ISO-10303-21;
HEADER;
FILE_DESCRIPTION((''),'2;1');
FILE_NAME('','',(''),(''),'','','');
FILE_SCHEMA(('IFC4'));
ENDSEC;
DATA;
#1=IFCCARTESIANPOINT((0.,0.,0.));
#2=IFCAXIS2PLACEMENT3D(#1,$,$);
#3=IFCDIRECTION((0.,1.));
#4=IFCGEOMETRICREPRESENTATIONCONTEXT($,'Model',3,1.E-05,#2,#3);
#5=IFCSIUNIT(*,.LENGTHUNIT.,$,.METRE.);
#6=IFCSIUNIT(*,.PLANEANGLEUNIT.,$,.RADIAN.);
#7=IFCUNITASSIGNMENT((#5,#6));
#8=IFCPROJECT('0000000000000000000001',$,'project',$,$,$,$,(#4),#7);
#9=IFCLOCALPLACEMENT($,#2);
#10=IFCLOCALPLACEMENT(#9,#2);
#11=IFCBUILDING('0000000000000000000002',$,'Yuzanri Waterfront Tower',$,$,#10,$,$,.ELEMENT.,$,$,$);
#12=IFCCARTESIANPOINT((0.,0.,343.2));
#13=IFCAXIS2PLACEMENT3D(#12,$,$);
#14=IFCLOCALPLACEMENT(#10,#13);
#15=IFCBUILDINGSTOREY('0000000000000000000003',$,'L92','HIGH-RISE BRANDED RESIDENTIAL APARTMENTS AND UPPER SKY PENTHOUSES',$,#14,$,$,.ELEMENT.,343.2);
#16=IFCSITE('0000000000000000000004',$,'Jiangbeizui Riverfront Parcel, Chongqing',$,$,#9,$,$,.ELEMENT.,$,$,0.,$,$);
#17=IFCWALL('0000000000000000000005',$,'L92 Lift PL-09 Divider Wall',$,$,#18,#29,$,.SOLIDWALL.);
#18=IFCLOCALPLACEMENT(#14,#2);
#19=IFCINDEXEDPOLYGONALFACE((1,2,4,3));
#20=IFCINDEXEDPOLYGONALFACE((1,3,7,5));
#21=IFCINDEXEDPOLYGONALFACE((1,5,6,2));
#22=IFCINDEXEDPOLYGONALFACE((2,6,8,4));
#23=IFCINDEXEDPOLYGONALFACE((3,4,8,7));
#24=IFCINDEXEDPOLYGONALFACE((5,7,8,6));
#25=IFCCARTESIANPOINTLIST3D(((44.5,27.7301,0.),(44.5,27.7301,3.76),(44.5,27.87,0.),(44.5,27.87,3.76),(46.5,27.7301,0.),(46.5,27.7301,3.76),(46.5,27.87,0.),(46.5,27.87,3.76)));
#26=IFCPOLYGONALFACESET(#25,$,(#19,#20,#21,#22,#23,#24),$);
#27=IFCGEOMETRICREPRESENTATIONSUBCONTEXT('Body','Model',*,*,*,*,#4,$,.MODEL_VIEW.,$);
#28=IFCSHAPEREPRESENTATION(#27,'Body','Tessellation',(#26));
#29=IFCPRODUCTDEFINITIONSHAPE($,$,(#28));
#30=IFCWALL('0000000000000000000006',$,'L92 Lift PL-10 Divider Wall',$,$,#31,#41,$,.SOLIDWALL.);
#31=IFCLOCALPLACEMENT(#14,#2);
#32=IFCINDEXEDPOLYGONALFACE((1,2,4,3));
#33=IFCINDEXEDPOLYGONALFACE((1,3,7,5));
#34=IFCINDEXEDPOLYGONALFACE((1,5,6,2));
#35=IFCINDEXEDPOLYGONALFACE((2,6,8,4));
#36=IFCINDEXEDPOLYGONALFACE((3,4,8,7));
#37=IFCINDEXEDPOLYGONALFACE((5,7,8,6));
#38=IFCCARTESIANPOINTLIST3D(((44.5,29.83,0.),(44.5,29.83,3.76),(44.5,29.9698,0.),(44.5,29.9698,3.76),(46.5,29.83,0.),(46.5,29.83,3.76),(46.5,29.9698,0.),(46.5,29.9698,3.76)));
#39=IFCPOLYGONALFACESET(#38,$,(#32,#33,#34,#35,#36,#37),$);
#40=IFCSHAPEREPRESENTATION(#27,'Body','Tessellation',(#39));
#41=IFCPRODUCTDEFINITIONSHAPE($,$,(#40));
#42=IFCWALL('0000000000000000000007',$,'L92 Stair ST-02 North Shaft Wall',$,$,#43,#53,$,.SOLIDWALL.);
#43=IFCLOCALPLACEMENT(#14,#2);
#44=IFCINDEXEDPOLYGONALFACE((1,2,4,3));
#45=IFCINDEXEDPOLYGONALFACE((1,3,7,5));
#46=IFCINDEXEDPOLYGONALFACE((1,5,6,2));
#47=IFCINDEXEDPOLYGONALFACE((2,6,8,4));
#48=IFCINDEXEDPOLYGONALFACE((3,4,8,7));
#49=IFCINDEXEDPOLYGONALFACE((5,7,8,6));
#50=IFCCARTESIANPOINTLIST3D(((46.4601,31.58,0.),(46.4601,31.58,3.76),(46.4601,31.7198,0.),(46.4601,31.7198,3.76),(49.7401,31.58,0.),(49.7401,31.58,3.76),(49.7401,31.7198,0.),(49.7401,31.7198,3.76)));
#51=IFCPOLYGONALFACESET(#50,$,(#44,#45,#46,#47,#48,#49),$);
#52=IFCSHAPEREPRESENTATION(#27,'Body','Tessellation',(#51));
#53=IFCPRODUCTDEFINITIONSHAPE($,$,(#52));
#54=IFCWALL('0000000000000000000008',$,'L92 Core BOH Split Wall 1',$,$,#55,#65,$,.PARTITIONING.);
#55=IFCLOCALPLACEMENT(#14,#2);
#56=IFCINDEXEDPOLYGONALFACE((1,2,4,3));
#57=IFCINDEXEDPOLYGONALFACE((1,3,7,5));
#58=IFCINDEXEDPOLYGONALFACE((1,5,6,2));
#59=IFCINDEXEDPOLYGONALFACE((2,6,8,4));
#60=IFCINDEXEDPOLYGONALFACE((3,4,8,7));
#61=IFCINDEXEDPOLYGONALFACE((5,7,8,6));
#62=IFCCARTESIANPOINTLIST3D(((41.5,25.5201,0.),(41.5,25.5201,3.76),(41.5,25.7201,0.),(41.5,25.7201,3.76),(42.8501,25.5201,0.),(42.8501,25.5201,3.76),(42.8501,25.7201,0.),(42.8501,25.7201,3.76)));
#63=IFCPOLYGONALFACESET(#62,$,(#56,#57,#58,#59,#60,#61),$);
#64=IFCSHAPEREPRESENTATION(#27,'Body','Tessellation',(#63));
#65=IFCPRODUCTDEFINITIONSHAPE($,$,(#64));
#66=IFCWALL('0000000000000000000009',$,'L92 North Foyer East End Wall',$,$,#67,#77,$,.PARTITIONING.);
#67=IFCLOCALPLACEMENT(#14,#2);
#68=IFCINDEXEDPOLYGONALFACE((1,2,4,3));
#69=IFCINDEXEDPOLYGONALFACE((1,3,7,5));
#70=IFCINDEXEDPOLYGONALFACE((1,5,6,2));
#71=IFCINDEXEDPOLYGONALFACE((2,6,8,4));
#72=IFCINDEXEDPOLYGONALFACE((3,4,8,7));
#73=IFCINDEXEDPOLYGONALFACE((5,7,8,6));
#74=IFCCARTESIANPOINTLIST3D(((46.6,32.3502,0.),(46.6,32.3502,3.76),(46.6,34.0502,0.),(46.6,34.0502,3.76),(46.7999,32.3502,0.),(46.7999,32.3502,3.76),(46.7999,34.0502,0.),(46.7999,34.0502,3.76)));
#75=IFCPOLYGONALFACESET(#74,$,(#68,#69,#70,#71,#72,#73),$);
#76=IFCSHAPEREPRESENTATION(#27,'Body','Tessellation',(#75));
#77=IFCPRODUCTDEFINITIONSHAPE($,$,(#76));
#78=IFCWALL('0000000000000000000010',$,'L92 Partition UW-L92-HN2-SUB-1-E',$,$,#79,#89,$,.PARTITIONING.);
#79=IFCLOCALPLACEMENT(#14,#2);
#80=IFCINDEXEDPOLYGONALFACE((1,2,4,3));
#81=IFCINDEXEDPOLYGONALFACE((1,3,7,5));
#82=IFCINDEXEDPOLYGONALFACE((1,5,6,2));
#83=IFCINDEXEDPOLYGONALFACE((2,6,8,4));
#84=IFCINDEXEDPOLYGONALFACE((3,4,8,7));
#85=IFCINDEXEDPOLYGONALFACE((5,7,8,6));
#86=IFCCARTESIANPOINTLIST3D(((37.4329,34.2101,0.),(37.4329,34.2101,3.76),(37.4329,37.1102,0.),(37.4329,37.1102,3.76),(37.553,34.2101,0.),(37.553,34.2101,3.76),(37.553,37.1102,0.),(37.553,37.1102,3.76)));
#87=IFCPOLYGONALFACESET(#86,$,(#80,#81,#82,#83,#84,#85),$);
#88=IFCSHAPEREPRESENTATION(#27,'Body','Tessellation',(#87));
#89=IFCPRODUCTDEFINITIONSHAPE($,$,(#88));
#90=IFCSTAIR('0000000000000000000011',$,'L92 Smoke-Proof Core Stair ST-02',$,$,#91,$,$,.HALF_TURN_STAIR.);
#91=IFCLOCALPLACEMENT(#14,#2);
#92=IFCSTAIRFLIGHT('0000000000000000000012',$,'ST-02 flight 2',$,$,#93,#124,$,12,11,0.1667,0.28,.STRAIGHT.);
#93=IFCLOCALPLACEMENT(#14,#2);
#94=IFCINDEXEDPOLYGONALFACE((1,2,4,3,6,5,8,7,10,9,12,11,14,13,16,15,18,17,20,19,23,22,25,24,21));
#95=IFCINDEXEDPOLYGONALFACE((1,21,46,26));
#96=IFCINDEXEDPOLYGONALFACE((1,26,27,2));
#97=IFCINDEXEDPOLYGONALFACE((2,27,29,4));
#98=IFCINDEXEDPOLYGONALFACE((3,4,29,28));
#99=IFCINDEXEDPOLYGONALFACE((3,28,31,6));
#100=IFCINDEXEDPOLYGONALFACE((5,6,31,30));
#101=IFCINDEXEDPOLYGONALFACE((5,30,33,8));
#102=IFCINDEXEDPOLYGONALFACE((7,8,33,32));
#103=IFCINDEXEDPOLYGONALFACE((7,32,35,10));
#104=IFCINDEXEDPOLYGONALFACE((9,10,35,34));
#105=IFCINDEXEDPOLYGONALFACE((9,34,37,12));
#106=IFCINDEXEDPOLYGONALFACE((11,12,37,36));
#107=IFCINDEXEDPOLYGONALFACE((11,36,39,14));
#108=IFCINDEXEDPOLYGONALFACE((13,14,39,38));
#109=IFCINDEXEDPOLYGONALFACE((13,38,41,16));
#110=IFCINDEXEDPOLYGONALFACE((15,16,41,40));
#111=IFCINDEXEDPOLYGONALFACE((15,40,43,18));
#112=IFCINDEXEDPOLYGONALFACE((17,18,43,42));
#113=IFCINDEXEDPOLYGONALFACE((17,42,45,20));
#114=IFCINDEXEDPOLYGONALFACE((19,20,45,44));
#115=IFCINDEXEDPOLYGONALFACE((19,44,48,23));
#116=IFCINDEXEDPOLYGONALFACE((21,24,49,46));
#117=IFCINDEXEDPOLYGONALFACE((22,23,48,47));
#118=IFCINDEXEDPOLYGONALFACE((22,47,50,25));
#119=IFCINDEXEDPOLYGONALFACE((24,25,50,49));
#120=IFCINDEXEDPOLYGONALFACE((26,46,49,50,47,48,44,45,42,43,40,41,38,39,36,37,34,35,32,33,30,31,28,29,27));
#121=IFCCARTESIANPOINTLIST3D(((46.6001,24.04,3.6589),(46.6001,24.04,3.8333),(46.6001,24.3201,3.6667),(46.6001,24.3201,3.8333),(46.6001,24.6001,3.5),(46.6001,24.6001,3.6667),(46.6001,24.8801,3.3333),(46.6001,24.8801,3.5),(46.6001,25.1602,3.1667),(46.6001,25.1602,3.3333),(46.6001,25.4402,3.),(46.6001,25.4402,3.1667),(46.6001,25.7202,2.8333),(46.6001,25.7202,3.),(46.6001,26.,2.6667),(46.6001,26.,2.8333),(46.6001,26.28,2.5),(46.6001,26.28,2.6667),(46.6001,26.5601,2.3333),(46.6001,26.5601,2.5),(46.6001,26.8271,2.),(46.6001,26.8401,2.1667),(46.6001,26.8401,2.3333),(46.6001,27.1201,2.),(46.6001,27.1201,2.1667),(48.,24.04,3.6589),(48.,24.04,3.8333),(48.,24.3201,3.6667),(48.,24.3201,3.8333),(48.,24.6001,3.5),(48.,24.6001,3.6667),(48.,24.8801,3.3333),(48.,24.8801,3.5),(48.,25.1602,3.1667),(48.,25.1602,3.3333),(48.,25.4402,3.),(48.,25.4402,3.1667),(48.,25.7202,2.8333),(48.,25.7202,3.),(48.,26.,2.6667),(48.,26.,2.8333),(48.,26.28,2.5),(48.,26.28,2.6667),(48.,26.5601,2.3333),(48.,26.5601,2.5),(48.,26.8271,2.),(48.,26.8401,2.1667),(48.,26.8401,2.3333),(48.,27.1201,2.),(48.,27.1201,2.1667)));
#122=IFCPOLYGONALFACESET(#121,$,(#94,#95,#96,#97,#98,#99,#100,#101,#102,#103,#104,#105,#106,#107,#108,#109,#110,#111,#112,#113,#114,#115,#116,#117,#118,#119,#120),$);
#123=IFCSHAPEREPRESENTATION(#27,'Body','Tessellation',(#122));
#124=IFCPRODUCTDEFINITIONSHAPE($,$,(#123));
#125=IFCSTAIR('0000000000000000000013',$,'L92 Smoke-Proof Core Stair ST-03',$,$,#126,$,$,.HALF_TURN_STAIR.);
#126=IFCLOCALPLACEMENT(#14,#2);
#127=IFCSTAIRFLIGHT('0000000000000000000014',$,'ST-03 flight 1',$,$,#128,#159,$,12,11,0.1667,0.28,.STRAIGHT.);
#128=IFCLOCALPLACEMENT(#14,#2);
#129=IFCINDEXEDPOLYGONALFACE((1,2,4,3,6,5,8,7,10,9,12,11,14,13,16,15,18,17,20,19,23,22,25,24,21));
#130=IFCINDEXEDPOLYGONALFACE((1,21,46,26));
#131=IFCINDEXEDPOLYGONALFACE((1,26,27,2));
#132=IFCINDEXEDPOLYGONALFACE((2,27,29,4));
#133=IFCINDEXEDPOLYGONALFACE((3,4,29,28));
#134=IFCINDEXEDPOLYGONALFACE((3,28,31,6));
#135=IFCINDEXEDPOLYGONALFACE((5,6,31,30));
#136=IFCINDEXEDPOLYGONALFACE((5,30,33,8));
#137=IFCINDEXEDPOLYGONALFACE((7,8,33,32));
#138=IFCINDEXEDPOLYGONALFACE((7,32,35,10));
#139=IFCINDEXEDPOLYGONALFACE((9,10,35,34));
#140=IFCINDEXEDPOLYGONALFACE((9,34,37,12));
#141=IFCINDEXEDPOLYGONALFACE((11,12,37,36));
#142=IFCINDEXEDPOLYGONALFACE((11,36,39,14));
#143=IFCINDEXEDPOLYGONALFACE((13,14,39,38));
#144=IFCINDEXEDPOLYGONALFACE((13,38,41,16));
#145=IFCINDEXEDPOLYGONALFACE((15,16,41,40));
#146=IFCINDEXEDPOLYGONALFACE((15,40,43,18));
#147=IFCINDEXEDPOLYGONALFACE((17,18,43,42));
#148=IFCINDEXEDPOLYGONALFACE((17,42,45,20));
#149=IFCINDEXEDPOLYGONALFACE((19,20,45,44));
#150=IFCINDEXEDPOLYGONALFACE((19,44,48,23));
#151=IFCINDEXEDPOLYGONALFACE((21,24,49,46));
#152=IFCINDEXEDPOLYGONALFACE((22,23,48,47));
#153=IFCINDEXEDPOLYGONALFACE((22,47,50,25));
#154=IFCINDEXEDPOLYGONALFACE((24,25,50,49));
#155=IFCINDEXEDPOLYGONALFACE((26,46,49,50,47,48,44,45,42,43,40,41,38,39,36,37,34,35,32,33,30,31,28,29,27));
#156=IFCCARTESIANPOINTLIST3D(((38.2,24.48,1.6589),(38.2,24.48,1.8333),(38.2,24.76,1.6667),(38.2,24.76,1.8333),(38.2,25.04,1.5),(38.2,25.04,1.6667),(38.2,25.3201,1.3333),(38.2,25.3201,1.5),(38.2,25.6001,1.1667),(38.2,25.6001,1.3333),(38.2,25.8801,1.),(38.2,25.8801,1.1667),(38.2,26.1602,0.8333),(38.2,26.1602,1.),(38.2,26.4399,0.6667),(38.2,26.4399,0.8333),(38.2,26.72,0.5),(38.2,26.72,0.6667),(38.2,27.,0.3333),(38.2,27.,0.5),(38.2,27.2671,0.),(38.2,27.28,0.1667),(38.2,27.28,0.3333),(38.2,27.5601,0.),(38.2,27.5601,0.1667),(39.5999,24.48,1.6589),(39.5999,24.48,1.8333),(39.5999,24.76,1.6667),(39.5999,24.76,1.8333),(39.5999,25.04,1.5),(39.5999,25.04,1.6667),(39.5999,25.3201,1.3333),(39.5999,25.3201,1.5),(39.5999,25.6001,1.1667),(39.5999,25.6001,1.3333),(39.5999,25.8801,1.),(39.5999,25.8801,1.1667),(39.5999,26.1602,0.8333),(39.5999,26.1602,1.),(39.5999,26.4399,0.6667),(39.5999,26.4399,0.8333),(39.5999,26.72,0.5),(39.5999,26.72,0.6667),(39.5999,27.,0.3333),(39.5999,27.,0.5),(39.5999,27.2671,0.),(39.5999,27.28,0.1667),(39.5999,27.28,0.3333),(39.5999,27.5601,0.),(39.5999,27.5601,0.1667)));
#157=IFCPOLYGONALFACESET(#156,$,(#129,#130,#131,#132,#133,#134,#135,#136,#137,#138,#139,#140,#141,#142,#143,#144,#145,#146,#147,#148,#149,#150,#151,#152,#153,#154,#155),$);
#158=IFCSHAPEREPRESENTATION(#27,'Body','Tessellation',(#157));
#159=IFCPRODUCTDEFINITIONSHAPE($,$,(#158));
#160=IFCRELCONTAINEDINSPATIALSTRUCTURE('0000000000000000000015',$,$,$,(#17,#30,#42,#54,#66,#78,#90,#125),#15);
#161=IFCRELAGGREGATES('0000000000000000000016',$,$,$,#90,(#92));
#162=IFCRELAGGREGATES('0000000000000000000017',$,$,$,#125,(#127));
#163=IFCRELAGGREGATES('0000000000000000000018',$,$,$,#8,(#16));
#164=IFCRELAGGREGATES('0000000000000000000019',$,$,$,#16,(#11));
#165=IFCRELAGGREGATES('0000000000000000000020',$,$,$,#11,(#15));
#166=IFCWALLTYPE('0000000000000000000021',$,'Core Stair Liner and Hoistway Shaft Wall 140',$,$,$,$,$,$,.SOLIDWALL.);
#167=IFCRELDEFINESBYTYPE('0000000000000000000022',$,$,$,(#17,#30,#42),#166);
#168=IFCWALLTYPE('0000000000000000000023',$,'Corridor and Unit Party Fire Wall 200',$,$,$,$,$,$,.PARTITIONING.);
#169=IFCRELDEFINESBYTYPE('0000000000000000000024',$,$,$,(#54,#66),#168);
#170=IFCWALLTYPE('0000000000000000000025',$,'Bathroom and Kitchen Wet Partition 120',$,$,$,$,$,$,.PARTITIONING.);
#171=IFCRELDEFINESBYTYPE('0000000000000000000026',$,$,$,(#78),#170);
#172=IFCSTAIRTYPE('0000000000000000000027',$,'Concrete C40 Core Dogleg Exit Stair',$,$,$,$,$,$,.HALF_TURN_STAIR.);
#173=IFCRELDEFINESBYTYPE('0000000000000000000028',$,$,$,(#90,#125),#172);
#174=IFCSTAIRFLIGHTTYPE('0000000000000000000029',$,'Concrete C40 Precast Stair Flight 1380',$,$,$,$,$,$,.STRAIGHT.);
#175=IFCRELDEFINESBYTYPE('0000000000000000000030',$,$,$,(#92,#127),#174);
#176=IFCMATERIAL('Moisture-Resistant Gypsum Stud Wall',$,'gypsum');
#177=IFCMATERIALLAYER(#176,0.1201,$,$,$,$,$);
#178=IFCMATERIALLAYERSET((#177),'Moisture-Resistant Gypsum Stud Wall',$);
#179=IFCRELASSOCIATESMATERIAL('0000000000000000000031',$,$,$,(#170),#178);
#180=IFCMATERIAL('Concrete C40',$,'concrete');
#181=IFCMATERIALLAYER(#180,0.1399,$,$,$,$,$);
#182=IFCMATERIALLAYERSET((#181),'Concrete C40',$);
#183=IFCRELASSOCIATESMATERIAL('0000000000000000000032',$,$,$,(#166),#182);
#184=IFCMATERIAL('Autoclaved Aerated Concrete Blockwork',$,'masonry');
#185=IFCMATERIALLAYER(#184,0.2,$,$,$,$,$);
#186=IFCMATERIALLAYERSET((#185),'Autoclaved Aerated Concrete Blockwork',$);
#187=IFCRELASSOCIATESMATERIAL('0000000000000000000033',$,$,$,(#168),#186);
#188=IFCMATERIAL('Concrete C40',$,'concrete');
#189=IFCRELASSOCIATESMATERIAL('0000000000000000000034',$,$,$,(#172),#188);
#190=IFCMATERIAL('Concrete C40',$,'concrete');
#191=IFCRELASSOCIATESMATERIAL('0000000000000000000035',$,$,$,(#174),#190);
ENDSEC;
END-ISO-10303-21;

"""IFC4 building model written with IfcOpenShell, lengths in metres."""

from ifc_helpers import new_model, si_unit, direction, frame, frame_2d, origin, place, context, subcontext, project, spatial, polyline, rectangle, outline, extrude, source, transform, mapped, material, layer, layer_set, type_object, element, aggregate, save


model = new_model("IFC4")

# Units and contexts
model_context = context("Model", 3, precision=1e-05, world=origin(), true_north=direction((0.0, 1.0)))
body_context = subcontext(model_context, "Body", "Model", "MODEL_VIEW")
ifc_project = project(units=[si_unit("LENGTHUNIT", "METRE"), si_unit("PLANEANGLEUNIT", "RADIAN")], contexts=[model_context])

# Site, building, storey
site_placement = place(None, origin())
site = spatial("IfcSite", under=ifc_project, at=site_placement, Name="Jiangbeizui Riverfront Parcel, Chongqing", CompositionType="ELEMENT", RefElevation=0.0)
building_placement = place(site_placement, origin())
building = spatial("IfcBuilding", under=site, at=building_placement, Name="Yuzanri Waterfront Tower", CompositionType="ELEMENT")
storey_placement = place(building_placement, frame((0.0, 0.0, 343.2)))
storey = spatial("IfcBuildingStorey", under=building, at=storey_placement, Name="L92", Description="HIGH-RISE BRANDED RESIDENTIAL APARTMENTS AND UPPER SKY PENTHOUSES", CompositionType="ELEMENT", Elevation=343.2)

# Shared definitions
ifc_material_1 = material(Name="Moisture-Resistant Gypsum Stud Wall", Category="gypsum")
ifc_layer_1 = layer(ifc_material_1, 0.1201)
ifc_layer_set_1 = layer_set([ifc_layer_1], Name="Moisture-Resistant Gypsum Stud Wall")
wall_type_1 = type_object("IfcWallType", Name="Bathroom and Kitchen Wet Partition 120", PredefinedType="PARTITIONING", material=ifc_layer_set_1)
ifc_material_2 = material(Name="Concrete C40", Category="concrete")
ifc_layer_2 = layer(ifc_material_2, 0.1399)
ifc_layer_set_2 = layer_set([ifc_layer_2], Name="Concrete C40")
wall_type_2 = type_object("IfcWallType", Name="Core Stair Liner and Hoistway Shaft Wall 140", PredefinedType="SOLIDWALL", material=ifc_layer_set_2)
ifc_material_3 = material(Name="Autoclaved Aerated Concrete Blockwork", Category="masonry")
ifc_layer_3 = layer(ifc_material_3, 0.2)
ifc_layer_set_3 = layer_set([ifc_layer_3], Name="Autoclaved Aerated Concrete Blockwork")
wall_type_3 = type_object("IfcWallType", Name="Corridor and Unit Party Fire Wall 200", PredefinedType="PARTITIONING", material=ifc_layer_set_3)

# Walls
shared_shape_1 = source(origin(), body_context, "Body", "SweptSolid", [
    extrude(rectangle(XDim=2.0, YDim=0.1399, at=frame_2d((1.0, 0.0))), origin(), (0.0, 0.0, 1.0), 3.76),
])
for number, where, z_axis, x_axis, name in (
    (1, (44.5, 27.8, 0.0), (0.0, 0.0, 1.0), (1.0, 0.0, 0.0), "L92 Lift PL-09 Divider Wall"),
    (2, (44.5, 29.8999, 0.0), (0.0, 0.0, 1.0), (1.0, 0.0, 0.0), "L92 Lift PL-10 Divider Wall"),
):
    element("IfcWall", number, at=place(storey_placement, frame(where, z_axis=z_axis, x_axis=x_axis)), inside=storey, type_object=wall_type_2, Name=name, PredefinedType="SOLIDWALL", context=body_context, shape_type="MappedRepresentation", body=[
        mapped(shared_shape_1, transform((0.0, 0.0, 0.0), scale=1.0)),
    ])
shared_shape_2 = source(origin(), body_context, "Body", "SweptSolid", [
    extrude(rectangle(XDim=3.28, YDim=0.1399, at=frame_2d((1.6401, 0.0))), origin(), (0.0, 0.0, 1.0), 3.76),
])
wall_1_placement = place(storey_placement, frame((46.46, 31.6499, 0.0), z_axis=(0.0, 0.0, 1.0), x_axis=(1.0, 0.0, 0.0)))
element("IfcWall", 3, at=wall_1_placement, inside=storey, type_object=wall_type_2, Name="L92 Stair ST-02 North Shaft Wall", PredefinedType="SOLIDWALL", context=body_context, shape_type="MappedRepresentation", body=[
    mapped(shared_shape_2, transform((0.0, 0.0, 0.0), scale=1.0)),
])
shared_shape_3 = source(origin(), body_context, "Body", "SweptSolid", [
    extrude(rectangle(XDim=1.3501, YDim=0.2, at=frame_2d((0.675, 0.0))), origin(), (0.0, 0.0, 1.0), 3.76),
])
wall_2_placement = place(storey_placement, frame((41.5, 25.6201, 0.0), z_axis=(0.0, 0.0, 1.0), x_axis=(1.0, 0.0, 0.0)))
element("IfcWall", 4, at=wall_2_placement, inside=storey, type_object=wall_type_3, Name="L92 Core BOH Split Wall 1", PredefinedType="PARTITIONING", context=body_context, shape_type="MappedRepresentation", body=[
    mapped(shared_shape_3, transform((0.0, 0.0, 0.0), scale=1.0)),
])
shared_shape_4 = source(origin(), body_context, "Body", "SweptSolid", [
    extrude(rectangle(XDim=1.7, YDim=0.2, at=frame_2d((0.8501, 0.0))), origin(), (0.0, 0.0, 1.0), 3.76),
])
wall_3_placement = place(storey_placement, frame((46.7, 32.3501, 0.0), z_axis=(0.0, 0.0, 1.0), x_axis=(0.0, 1.0, 0.0)))
element("IfcWall", 5, at=wall_3_placement, inside=storey, type_object=wall_type_3, Name="L92 North Foyer East End Wall", PredefinedType="PARTITIONING", context=body_context, shape_type="MappedRepresentation", body=[
    mapped(shared_shape_4, transform((0.0, 0.0, 0.0), scale=1.0)),
])
shared_shape_5 = source(origin(), body_context, "Body", "SweptSolid", [
    extrude(rectangle(XDim=2.9001, YDim=0.1201, at=frame_2d((1.4502, 0.0))), origin(), (0.0, 0.0, 1.0), 3.76),
])
wall_4_placement = place(storey_placement, frame((37.4929, 34.21, 0.0), z_axis=(0.0, 0.0, 1.0), x_axis=(0.0, 1.0, 0.0)))
element("IfcWall", 6, at=wall_4_placement, inside=storey, type_object=wall_type_1, Name="L92 Partition UW-L92-HN2-SUB-1-E", PredefinedType="PARTITIONING", context=body_context, shape_type="MappedRepresentation", body=[
    mapped(shared_shape_5, transform((0.0, 0.0, 0.0), scale=1.0)),
])

# Stairs, stair flights
ifc_material_4 = material(Name="Concrete C40", Category="concrete")
stair_type = type_object("IfcStairType", Name="Concrete C40 Core Dogleg Exit Stair", PredefinedType="HALF_TURN_STAIR", material=ifc_material_4)
stair_1_placement = place(storey_placement, origin())
stair_1 = element("IfcStair", 7, at=stair_1_placement, inside=storey, type_object=stair_type, Name="L92 Smoke-Proof Core Stair ST-02", PredefinedType="HALF_TURN_STAIR")
ifc_material_5 = material(Name="Concrete C40", Category="concrete")
stair_flight_type = type_object("IfcStairFlightType", Name="Concrete C40 Precast Stair Flight 1380", PredefinedType="STRAIGHT", material=ifc_material_5)
shared_shape_6 = source(origin(), body_context, "Body", "SweptSolid", [
    extrude(outline(polyline([(0.0, 0.0), (0.0, 0.1667), (0.28, 0.1667), (0.28, 0.3333), (0.5601, 0.3333), (0.5601, 0.5), (0.8401, 0.5), (0.8401, 0.6667), (1.1201, 0.6667), (1.1201, 0.8333), (1.3999, 0.8333), (1.3999, 1.0), (1.6799, 1.0), (1.6799, 1.1667), (1.96, 1.1667), (1.96, 1.3333), (2.24, 1.3333), (2.24, 1.5), (2.52, 1.5), (2.52, 1.6667), (2.8, 1.6667), (2.8, 1.8333), (3.0801, 1.8333), (3.0801, 2.0), (3.0801, 1.6589), (0.293, 0.0), (0.0, 0.0)])), frame((0.0, 0.7, 0.0), z_axis=(0.0, -1.0, 0.0), x_axis=(1.0, 0.0, 0.0)), (0.0, 0.0, 1.0), 1.3999),
])
stair_flight_1_placement = place(storey_placement, frame((47.3, 27.1201, 2.0), z_axis=(0.0, 0.0, 1.0), x_axis=(0.0, -1.0, 0.0)))
stair_flight_1 = element("IfcStairFlight", 8, at=stair_flight_1_placement, type_object=stair_flight_type, Name="ST-02 flight 2", NumberOfRisers=12, NumberOfTreads=11, PredefinedType="STRAIGHT", RiserHeight=0.1667, TreadLength=0.28, context=body_context, shape_type="MappedRepresentation", body=[
    mapped(shared_shape_6, transform((0.0, 0.0, 0.0), scale=1.0)),
])
aggregate(stair_1, [stair_flight_1])
stair_2_placement = place(storey_placement, origin())
stair_2 = element("IfcStair", 9, at=stair_2_placement, inside=storey, type_object=stair_type, Name="L92 Smoke-Proof Core Stair ST-03", PredefinedType="HALF_TURN_STAIR")
stair_flight_2_placement = place(storey_placement, frame((38.8999, 27.5601, 0.0), z_axis=(0.0, 0.0, 1.0), x_axis=(0.0, -1.0, 0.0)))
stair_flight_2 = element("IfcStairFlight", 10, at=stair_flight_2_placement, type_object=stair_flight_type, Name="ST-03 flight 1", NumberOfRisers=12, NumberOfTreads=11, PredefinedType="STRAIGHT", RiserHeight=0.1667, TreadLength=0.28, context=body_context, shape_type="MappedRepresentation", body=[
    mapped(shared_shape_6, transform((0.0, 0.0, 0.0), scale=1.0)),
])
aggregate(stair_2, [stair_flight_2])

save(model, "model.ifc")
